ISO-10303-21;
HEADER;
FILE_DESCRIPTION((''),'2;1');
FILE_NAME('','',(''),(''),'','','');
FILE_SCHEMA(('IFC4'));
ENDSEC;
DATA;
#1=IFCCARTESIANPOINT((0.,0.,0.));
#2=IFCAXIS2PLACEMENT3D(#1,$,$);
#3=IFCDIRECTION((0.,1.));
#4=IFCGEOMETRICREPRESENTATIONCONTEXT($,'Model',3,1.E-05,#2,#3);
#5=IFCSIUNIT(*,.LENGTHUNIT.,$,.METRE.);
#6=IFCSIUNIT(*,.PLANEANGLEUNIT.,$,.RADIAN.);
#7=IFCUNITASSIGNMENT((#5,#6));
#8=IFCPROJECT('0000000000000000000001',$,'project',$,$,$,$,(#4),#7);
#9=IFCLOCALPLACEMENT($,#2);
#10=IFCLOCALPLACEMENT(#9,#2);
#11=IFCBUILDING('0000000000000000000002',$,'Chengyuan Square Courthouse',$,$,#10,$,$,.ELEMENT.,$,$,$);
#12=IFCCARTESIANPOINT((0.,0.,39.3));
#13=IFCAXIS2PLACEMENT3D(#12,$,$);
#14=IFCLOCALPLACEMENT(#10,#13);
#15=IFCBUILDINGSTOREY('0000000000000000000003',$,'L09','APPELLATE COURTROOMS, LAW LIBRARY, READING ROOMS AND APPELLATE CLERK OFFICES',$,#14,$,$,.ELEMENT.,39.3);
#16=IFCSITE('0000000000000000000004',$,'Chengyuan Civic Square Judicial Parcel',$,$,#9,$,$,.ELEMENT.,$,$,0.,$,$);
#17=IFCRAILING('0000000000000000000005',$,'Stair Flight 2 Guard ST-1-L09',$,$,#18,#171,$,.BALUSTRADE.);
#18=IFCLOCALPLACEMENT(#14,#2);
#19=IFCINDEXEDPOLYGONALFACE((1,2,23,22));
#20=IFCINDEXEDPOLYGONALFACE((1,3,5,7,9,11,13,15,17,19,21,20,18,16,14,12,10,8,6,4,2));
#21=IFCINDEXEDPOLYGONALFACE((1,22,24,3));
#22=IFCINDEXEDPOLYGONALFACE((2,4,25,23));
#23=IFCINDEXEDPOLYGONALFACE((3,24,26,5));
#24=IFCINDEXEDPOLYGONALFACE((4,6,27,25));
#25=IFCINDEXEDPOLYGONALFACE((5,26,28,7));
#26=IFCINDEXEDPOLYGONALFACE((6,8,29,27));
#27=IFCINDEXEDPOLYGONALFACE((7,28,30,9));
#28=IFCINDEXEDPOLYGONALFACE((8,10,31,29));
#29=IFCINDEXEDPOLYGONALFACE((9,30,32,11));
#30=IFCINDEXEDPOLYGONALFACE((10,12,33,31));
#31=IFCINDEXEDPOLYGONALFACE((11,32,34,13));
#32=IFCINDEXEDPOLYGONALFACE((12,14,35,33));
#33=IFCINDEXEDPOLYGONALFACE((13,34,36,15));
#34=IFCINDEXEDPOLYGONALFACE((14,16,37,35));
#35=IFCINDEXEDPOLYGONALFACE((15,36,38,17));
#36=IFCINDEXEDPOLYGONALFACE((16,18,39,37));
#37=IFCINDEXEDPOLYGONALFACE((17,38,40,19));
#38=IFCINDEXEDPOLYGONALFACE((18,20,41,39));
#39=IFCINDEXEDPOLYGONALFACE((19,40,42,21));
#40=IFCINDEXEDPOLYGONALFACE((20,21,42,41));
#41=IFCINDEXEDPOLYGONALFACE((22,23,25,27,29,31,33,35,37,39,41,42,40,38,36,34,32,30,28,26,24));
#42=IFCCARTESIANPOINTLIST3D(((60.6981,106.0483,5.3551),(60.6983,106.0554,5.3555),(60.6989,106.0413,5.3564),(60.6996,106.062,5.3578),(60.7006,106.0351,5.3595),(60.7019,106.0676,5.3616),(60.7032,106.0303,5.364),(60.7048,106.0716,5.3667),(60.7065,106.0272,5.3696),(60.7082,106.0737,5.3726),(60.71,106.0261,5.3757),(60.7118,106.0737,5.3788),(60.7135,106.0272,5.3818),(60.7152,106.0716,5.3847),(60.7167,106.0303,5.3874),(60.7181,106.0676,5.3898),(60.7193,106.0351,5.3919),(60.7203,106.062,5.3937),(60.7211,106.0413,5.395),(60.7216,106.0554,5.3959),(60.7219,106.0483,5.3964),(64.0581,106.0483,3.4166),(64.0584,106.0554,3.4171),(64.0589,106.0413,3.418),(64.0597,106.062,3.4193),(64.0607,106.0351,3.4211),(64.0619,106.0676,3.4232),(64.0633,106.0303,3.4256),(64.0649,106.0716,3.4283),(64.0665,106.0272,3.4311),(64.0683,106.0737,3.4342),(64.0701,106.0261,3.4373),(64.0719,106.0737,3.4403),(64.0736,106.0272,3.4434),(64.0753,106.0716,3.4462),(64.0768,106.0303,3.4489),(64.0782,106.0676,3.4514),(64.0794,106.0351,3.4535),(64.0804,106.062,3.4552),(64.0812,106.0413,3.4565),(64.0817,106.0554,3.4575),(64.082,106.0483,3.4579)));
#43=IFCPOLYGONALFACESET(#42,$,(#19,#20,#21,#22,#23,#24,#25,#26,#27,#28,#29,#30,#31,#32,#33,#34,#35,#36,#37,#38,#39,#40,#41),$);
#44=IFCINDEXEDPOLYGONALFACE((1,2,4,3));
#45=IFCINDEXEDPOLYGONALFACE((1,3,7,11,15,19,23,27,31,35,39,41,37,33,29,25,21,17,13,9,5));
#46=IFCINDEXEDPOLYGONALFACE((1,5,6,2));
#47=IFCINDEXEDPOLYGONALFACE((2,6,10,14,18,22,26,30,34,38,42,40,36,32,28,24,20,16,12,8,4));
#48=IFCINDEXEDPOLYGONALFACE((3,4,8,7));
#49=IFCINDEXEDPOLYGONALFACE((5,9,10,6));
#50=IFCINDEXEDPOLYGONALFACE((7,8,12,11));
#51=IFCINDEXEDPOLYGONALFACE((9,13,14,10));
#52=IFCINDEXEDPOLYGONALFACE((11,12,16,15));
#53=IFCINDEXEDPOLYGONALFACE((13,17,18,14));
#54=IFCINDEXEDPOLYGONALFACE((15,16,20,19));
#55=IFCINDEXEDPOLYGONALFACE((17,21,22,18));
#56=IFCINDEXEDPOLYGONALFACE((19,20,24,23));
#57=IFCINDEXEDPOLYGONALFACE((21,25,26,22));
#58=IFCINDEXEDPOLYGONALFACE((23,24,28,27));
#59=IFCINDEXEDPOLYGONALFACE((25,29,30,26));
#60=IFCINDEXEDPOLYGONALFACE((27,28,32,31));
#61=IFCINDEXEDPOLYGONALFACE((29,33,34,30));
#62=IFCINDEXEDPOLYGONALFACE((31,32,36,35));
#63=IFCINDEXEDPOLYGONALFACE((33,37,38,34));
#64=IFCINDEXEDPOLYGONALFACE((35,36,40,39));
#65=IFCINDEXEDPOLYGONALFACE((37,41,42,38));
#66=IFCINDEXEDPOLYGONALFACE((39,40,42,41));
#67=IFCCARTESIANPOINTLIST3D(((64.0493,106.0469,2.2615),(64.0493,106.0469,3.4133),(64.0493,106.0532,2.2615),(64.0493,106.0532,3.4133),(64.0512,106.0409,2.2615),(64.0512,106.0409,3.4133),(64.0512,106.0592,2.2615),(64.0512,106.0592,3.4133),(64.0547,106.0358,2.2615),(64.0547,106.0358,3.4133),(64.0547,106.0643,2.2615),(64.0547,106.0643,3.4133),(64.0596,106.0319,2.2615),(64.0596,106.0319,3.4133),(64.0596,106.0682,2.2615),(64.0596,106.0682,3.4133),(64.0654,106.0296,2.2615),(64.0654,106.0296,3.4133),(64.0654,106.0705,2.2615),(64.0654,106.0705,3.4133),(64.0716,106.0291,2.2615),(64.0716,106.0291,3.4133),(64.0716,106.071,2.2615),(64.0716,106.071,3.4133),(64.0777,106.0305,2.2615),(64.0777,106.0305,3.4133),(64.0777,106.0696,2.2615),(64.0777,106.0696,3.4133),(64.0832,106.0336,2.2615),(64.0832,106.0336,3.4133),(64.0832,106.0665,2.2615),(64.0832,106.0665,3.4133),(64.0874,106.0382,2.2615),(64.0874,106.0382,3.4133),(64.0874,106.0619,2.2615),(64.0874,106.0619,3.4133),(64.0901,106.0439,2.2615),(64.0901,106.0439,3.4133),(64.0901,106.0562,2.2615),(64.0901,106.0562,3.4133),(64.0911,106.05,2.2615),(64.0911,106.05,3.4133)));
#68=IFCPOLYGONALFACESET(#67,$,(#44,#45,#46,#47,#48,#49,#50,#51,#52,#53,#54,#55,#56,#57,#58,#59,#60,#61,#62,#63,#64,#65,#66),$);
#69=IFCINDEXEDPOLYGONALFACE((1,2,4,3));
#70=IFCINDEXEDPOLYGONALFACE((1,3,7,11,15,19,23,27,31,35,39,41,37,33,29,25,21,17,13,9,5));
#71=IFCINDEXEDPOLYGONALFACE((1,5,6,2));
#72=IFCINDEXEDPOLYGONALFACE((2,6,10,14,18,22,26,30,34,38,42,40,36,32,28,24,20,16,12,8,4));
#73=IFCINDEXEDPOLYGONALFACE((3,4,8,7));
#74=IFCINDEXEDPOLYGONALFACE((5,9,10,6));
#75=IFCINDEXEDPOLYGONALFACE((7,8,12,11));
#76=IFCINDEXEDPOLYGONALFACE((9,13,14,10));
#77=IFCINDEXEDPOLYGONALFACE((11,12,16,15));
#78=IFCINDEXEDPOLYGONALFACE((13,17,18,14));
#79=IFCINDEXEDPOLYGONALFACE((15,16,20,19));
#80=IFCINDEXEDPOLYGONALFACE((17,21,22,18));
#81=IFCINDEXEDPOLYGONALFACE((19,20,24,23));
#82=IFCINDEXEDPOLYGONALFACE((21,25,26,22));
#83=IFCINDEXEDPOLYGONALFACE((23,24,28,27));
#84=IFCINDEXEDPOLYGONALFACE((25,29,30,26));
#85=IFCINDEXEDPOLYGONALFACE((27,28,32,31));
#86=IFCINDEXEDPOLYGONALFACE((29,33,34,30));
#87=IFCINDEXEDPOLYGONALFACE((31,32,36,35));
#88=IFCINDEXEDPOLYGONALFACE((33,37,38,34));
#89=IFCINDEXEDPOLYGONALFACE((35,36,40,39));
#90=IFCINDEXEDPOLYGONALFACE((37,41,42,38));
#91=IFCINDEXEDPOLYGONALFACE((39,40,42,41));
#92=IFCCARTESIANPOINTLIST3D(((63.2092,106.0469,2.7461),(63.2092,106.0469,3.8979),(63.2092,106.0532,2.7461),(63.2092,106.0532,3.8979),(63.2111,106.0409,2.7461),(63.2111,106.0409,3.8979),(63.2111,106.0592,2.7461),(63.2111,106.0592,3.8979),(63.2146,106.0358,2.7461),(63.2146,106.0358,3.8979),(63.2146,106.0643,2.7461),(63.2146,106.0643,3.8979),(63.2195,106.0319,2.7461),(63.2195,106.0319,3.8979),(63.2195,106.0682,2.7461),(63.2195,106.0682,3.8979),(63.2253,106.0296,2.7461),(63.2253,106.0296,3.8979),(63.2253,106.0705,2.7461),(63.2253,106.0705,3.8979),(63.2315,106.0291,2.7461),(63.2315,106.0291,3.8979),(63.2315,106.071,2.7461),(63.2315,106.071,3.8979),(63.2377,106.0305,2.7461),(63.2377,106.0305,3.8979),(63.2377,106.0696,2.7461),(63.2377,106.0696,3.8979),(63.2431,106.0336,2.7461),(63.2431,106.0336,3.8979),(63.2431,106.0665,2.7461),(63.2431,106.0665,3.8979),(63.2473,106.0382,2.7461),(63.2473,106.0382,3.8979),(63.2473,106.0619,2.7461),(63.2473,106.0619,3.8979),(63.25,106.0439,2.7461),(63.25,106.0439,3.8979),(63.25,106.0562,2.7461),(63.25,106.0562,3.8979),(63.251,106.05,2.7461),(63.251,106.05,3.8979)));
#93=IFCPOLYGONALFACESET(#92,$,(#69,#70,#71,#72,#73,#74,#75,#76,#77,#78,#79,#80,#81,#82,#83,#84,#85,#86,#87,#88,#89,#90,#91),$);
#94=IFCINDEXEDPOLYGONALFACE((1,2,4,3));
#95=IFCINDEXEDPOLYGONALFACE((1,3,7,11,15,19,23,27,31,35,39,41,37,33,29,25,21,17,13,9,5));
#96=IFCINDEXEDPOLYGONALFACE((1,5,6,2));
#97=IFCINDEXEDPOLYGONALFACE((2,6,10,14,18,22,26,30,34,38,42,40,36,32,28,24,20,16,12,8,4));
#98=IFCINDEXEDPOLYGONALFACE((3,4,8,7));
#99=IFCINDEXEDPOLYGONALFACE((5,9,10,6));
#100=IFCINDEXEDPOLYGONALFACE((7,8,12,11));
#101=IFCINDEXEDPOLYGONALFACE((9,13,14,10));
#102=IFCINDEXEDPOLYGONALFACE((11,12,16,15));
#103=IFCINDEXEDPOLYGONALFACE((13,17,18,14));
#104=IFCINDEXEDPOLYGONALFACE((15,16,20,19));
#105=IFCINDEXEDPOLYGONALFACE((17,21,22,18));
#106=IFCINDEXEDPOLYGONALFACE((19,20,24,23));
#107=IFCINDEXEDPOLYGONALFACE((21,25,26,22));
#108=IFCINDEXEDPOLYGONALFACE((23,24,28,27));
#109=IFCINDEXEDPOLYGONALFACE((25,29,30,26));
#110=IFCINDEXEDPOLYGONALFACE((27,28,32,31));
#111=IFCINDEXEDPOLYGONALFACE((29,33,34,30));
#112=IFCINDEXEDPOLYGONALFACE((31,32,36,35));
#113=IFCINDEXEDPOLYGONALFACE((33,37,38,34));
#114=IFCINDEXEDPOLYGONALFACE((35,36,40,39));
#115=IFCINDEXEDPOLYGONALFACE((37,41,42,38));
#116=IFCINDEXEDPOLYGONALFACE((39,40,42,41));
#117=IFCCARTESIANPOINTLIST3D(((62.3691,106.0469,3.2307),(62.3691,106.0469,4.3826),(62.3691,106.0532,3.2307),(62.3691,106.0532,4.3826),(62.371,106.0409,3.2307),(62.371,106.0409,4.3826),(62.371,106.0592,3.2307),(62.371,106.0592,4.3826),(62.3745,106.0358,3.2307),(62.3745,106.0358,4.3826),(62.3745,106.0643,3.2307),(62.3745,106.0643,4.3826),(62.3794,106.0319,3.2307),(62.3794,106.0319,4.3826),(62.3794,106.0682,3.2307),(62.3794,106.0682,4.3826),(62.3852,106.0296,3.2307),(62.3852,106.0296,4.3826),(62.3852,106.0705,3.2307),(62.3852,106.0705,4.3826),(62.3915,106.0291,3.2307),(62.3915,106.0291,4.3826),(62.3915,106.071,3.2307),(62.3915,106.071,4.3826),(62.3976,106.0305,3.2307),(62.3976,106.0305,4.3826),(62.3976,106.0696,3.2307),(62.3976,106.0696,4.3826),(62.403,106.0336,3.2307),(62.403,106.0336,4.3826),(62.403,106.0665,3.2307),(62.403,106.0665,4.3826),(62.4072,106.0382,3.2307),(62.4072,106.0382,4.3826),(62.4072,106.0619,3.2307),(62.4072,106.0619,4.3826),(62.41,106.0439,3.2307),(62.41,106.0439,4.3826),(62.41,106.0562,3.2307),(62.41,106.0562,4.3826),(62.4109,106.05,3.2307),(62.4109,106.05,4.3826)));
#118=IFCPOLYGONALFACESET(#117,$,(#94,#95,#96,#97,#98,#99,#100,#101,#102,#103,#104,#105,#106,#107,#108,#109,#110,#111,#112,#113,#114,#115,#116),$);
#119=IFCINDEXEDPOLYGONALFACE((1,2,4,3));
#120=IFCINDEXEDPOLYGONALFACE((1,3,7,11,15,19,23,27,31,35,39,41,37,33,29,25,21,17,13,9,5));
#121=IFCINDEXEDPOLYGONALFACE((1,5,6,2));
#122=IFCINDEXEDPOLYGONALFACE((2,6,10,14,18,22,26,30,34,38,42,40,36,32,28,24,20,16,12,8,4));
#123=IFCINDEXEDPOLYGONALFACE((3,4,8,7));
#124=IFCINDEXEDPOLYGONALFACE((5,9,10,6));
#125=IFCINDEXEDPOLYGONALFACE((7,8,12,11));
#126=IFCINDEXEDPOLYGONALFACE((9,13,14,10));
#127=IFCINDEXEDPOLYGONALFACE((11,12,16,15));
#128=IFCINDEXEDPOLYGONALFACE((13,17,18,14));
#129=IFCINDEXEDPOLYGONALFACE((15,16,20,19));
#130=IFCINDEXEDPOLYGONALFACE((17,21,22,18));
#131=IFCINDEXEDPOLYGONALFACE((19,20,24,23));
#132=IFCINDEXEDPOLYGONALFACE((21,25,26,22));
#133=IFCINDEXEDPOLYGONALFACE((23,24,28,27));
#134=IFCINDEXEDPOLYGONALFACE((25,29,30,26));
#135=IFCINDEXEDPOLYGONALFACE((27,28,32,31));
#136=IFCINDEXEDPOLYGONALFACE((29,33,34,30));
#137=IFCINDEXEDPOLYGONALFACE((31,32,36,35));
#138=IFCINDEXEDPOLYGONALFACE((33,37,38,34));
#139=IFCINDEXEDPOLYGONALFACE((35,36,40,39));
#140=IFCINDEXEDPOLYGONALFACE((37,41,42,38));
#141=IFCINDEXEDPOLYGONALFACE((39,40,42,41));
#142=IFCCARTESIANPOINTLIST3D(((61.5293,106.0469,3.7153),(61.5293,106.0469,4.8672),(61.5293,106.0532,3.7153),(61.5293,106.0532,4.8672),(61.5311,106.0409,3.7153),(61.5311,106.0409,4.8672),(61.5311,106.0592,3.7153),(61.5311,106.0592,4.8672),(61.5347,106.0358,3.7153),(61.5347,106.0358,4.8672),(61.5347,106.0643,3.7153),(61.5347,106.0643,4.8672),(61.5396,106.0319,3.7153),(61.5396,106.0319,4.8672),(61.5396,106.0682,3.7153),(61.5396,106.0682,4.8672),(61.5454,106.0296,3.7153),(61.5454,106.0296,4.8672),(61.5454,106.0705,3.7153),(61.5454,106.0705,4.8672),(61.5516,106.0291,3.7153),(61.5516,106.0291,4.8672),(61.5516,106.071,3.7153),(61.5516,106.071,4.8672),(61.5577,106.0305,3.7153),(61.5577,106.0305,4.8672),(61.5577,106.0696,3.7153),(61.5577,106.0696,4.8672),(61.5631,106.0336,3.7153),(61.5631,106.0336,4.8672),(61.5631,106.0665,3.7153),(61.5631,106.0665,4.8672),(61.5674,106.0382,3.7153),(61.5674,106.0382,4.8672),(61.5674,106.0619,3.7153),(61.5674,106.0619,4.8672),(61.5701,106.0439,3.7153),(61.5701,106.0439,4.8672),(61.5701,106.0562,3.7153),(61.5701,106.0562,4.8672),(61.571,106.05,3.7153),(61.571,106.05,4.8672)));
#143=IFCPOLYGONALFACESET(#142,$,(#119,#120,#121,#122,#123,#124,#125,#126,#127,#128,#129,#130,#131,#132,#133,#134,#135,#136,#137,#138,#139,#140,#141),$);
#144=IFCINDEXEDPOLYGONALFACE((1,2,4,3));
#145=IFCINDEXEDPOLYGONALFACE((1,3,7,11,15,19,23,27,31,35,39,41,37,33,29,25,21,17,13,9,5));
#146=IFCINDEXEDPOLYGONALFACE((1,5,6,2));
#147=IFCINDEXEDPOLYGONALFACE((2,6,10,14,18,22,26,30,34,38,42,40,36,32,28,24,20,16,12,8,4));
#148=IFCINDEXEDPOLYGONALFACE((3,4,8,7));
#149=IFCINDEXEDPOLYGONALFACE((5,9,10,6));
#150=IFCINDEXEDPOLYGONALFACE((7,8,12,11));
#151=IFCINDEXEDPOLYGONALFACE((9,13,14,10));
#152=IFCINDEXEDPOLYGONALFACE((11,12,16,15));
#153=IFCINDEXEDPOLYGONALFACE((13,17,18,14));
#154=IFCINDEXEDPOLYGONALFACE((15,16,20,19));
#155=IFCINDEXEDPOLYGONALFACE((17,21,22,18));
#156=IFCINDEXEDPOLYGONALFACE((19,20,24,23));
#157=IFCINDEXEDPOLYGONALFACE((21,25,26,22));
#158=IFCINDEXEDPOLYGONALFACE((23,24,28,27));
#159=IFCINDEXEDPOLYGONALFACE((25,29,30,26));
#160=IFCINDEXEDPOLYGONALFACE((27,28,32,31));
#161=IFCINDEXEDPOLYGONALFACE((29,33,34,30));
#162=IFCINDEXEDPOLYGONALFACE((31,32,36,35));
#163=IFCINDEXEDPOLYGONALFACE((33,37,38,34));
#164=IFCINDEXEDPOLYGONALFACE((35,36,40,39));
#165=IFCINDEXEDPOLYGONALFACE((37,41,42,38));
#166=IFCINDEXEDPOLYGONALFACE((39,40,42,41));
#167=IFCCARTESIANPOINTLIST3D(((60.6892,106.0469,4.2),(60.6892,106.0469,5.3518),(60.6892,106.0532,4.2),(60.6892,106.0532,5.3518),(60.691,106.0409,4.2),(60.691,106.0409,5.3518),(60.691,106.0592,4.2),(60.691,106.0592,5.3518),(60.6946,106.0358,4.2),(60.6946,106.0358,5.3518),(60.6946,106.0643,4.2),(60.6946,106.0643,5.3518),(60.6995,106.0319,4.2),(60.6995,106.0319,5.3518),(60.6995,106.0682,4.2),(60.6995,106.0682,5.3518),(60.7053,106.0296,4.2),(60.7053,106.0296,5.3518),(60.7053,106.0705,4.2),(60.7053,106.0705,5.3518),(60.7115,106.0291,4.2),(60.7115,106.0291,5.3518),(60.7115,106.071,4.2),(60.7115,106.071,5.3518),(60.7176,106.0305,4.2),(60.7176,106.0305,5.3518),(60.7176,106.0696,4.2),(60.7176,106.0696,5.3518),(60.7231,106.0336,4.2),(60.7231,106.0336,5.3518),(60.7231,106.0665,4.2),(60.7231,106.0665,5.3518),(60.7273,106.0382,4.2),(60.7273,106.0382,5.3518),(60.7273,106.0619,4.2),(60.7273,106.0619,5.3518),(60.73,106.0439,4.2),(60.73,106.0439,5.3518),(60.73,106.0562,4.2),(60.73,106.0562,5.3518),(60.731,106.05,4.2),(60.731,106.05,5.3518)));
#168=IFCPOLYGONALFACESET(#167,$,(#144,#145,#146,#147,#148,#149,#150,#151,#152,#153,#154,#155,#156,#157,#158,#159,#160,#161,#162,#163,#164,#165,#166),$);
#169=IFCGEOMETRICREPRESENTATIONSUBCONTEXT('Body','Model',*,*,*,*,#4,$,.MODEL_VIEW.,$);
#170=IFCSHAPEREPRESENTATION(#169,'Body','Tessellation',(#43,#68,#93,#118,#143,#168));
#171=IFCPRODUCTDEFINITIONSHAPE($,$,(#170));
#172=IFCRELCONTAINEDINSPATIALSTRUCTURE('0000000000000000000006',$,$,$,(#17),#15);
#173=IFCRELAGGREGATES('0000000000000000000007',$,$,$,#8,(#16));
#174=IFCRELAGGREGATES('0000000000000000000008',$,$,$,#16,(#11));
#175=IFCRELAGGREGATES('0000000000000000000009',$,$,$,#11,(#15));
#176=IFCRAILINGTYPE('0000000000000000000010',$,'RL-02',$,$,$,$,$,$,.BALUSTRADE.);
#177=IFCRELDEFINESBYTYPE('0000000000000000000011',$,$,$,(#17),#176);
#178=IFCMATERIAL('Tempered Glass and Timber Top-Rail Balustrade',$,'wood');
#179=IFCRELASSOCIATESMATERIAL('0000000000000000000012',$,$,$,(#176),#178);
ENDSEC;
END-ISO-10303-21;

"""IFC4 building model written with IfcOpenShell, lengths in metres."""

from ifc_helpers import new_model, si_unit, direction, frame, origin, origin_2d, place, context, subcontext, project, spatial, circle, extrude, material, type_object, element, save


model = new_model("IFC4")

# Units and contexts
model_context = context("Model", 3, precision=1e-05, world=origin(), true_north=direction((0.0, 1.0)))
body_context = subcontext(model_context, "Body", "Model", "MODEL_VIEW")
ifc_project = project(units=[si_unit("LENGTHUNIT", "METRE"), si_unit("PLANEANGLEUNIT", "RADIAN")], contexts=[model_context])

# Site, building, storey
site_placement = place(None, origin())
site = spatial("IfcSite", under=ifc_project, at=site_placement, Name="Chengyuan Civic Square Judicial Parcel", CompositionType="ELEMENT", RefElevation=0.0)
building_placement = place(site_placement, origin())
building = spatial("IfcBuilding", under=site, at=building_placement, Name="Chengyuan Square Courthouse", CompositionType="ELEMENT")
storey_placement = place(building_placement, frame((0.0, 0.0, 39.3)))
storey = spatial("IfcBuildingStorey", under=building, at=storey_placement, Name="L09", Description="APPELLATE COURTROOMS, LAW LIBRARY, READING ROOMS AND APPELLATE CLERK OFFICES", CompositionType="ELEMENT", Elevation=39.3)

# Railing
ifc_material_1 = material(Name="Tempered Glass and Timber Top-Rail Balustrade", Category="wood")
railing_type_1 = type_object("IfcRailingType", Name="RL-02", PredefinedType="BALUSTRADE", material=ifc_material_1)
railing_1_placement = place(storey_placement, frame((64.0701, 106.05, 2.2615)))
element("IfcRailing", 1, at=railing_1_placement, inside=storey, type_object=railing_type_1, Name="Stair Flight 2 Guard ST-1-L09", PredefinedType="BALUSTRADE", context=body_context, shape_type="SweptSolid", body=[
    extrude(circle(Radius=0.0239, at=origin_2d()), frame((0.0, 0.0, 1.1758), z_axis=(-0.866191, 0.0, 0.499713), x_axis=(0.0, -1.0, 0.0)), (0.0, 0.0, 1.0), 3.8792),
    extrude(circle(Radius=0.021, at=origin_2d()), origin(), (0.0, 0.0, 1.0), 1.1519),
    extrude(circle(Radius=0.021, at=origin_2d()), frame((-0.8401, 0.0, 0.4846)), (0.0, 0.0, 1.0), 1.1519),
    extrude(circle(Radius=0.021, at=origin_2d()), frame((-1.6802, 0.0, 0.9692)), (0.0, 0.0, 1.0), 1.1519),
    extrude(circle(Radius=0.021, at=origin_2d()), frame((-2.52, 0.0, 1.4539)), (0.0, 0.0, 1.0), 1.1519),
    extrude(circle(Radius=0.021, at=origin_2d()), frame((-3.3601, 0.0, 1.9385)), (0.0, 0.0, 1.0), 1.1519),
])

save(model, "model.ifc")
